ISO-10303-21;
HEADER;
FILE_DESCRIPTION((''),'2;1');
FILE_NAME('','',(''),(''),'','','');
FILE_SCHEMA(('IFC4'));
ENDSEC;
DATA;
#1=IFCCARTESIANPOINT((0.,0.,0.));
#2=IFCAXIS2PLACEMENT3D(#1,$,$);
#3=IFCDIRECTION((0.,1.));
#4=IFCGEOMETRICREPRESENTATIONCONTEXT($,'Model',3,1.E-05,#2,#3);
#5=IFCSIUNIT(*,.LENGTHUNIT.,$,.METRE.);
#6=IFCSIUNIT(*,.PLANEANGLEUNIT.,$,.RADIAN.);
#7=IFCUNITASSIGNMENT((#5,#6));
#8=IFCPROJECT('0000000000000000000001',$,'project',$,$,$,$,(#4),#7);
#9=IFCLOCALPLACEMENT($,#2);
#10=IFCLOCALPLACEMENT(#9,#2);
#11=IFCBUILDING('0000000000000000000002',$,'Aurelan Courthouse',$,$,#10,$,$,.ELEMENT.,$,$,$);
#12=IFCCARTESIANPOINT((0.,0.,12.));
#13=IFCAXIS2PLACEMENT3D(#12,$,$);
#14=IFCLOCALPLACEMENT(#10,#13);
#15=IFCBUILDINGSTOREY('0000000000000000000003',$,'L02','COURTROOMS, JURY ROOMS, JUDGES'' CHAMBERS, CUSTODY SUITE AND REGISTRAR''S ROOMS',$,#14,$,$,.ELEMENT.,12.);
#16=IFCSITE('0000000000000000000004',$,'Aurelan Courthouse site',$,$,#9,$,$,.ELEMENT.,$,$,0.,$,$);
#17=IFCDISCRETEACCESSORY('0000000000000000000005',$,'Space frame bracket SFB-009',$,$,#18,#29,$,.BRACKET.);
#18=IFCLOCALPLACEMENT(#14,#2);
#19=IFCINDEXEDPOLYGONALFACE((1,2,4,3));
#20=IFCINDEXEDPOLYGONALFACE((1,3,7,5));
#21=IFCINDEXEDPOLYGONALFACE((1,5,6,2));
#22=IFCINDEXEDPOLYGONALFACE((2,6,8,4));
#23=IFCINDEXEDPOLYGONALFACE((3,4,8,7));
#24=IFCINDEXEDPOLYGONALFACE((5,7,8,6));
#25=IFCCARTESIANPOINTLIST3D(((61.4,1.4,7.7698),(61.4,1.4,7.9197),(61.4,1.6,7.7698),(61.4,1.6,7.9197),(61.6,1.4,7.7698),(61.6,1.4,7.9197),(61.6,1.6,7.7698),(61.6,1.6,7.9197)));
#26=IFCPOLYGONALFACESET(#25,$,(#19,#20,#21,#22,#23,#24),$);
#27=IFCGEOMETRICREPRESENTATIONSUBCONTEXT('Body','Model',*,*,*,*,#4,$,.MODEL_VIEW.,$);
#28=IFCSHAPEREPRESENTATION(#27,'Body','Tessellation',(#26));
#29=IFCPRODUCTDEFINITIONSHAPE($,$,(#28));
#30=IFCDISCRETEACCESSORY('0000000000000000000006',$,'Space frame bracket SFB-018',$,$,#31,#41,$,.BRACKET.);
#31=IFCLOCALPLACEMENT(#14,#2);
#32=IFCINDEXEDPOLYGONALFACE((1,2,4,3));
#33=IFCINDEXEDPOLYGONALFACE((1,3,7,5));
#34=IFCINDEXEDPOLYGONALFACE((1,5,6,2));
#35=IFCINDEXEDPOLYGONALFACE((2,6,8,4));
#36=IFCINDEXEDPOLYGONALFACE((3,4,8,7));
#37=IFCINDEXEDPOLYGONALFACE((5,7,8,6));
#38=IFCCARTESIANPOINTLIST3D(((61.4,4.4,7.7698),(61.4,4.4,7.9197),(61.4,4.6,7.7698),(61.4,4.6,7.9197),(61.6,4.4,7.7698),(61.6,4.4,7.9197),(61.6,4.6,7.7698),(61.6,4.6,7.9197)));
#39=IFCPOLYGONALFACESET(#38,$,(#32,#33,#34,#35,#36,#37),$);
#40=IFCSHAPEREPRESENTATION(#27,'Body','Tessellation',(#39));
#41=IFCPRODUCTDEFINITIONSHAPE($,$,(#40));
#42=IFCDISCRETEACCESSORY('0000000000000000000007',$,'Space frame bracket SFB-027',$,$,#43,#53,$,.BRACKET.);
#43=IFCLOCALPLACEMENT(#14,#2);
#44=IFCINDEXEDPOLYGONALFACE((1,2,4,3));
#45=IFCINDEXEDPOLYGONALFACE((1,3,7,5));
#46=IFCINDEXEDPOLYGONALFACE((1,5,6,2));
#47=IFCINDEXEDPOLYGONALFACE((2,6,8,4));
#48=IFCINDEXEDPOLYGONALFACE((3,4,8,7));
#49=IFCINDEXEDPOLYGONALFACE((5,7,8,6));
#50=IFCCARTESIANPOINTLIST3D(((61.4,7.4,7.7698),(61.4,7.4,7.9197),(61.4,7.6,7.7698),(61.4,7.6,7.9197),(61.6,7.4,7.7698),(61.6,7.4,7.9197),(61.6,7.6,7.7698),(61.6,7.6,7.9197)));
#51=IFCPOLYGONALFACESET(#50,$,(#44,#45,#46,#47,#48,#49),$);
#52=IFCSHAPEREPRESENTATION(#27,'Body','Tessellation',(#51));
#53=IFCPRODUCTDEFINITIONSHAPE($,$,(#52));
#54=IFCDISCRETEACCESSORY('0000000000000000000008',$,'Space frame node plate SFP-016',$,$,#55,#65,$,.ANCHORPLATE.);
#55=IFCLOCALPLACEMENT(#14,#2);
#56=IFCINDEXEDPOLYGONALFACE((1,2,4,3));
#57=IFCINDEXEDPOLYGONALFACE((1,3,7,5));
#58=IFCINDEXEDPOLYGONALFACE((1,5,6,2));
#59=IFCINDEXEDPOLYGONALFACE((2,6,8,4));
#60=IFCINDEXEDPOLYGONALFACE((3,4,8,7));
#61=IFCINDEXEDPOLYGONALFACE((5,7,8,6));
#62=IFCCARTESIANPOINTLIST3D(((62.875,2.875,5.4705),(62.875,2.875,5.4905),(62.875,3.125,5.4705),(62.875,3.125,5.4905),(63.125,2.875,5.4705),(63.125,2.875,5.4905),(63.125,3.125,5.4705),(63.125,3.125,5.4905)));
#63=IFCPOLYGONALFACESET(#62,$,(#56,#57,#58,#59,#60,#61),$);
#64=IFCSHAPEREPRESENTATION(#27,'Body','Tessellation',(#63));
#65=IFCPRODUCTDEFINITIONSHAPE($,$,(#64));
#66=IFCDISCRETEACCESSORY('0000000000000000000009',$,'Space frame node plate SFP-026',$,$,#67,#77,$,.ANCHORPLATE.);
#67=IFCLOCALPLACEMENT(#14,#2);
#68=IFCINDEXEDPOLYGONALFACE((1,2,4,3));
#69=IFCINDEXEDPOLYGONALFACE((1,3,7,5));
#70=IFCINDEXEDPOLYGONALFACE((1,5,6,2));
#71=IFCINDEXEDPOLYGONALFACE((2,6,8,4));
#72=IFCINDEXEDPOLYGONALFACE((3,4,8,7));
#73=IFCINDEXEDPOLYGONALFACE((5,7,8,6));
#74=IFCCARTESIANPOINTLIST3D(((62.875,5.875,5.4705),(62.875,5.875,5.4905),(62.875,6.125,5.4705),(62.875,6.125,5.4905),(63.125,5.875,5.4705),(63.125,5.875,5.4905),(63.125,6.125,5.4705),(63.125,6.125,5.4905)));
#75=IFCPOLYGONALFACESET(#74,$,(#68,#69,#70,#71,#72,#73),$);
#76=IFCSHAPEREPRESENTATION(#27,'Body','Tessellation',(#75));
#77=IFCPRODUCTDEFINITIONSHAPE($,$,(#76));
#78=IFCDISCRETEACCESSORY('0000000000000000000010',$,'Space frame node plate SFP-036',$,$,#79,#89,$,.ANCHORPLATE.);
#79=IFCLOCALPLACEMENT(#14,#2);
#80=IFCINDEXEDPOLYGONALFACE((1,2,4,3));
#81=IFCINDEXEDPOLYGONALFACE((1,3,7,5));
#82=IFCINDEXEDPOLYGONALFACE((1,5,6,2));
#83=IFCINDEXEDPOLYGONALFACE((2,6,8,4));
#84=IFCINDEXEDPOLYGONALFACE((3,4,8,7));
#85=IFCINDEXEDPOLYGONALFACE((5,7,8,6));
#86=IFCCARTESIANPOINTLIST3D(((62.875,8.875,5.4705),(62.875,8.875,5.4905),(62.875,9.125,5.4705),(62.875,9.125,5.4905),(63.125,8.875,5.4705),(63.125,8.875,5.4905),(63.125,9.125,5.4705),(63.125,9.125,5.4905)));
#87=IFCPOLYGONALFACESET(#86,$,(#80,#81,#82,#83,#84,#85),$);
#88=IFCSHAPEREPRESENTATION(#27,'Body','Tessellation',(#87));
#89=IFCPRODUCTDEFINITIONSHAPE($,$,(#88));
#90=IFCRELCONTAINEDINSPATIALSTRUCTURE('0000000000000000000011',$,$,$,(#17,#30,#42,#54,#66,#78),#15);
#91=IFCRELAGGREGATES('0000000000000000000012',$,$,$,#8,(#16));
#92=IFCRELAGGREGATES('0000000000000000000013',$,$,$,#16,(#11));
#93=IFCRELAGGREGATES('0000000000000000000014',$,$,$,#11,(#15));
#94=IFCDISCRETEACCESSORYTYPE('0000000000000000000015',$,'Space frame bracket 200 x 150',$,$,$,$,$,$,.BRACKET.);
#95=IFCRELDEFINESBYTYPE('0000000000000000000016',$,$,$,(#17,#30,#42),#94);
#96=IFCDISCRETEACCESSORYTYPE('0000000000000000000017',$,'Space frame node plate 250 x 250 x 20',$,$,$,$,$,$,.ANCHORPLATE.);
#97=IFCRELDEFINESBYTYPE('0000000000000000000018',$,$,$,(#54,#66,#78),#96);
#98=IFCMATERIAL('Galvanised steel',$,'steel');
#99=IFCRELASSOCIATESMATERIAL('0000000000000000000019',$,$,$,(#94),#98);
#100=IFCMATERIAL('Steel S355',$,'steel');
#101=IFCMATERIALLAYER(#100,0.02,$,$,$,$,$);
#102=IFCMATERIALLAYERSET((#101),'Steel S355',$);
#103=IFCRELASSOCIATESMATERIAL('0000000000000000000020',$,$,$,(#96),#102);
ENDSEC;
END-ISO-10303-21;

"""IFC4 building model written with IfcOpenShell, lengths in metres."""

from ifc_helpers import new_model, si_unit, direction, frame, origin, origin_2d, place, context, subcontext, project, spatial, rectangle, extrude, material, layer, layer_set, type_object, element, save


model = new_model("IFC4")

# Units and contexts
model_context = context("Model", 3, precision=1e-05, world=origin(), true_north=direction((0.0, 1.0)))
body_context = subcontext(model_context, "Body", "Model", "MODEL_VIEW")
ifc_project = project(units=[si_unit("LENGTHUNIT", "METRE"), si_unit("PLANEANGLEUNIT", "RADIAN")], contexts=[model_context])

# Site, building, storey
site_placement = place(None, origin())
site = spatial("IfcSite", under=ifc_project, at=site_placement, Name="Aurelan Courthouse site", CompositionType="ELEMENT", RefElevation=0.0)
building_placement = place(site_placement, origin())
building = spatial("IfcBuilding", under=site, at=building_placement, Name="Aurelan Courthouse", CompositionType="ELEMENT")
storey_placement = place(building_placement, frame((0.0, 0.0, 12.0)))
storey = spatial("IfcBuildingStorey", under=building, at=storey_placement, Name="L02", Description="COURTROOMS, JURY ROOMS, JUDGES' CHAMBERS, CUSTODY SUITE AND REGISTRAR'S ROOMS", CompositionType="ELEMENT", Elevation=12.0)

# Shared definitions
ifc_material_1 = material(Name="Steel S355", Category="steel")

# Discrete accessories
ifc_material_2 = material(Name="Galvanised steel", Category="steel")
discrete_accessory_type_1 = type_object("IfcDiscreteAccessoryType", Name="Space frame bracket 200 x 150", PredefinedType="BRACKET", material=ifc_material_2)
for number, where, z_axis, x_axis, name in (
    (1, (61.5, 1.5, 7.7698), (0.0, 0.0, 1.0), (1.0, 0.0, 0.0), "Space frame bracket SFB-009"),
    (2, (61.5, 4.5, 7.7698), (0.0, 0.0, 1.0), (1.0, 0.0, 0.0), "Space frame bracket SFB-018"),
    (3, (61.5, 7.5, 7.7698), (0.0, 0.0, 1.0), (1.0, 0.0, 0.0), "Space frame bracket SFB-027"),
):
    element("IfcDiscreteAccessory", number, at=place(storey_placement, frame(where, z_axis=z_axis, x_axis=x_axis)), inside=storey, type_object=discrete_accessory_type_1, Name=name, PredefinedType="BRACKET", context=body_context, shape_type="SweptSolid", body=[
        extrude(rectangle(XDim=0.2, YDim=0.2, at=origin_2d()), origin(), (0.0, 0.0, 1.0), 0.1499),
    ])
ifc_layer_1 = layer(ifc_material_1, 0.02)
ifc_layer_set_1 = layer_set([ifc_layer_1], Name="Steel S355")
discrete_accessory_type_2 = type_object("IfcDiscreteAccessoryType", Name="Space frame node plate 250 x 250 x 20", PredefinedType="ANCHORPLATE", material=ifc_layer_set_1)
for number, where, z_axis, x_axis, name in (
    (4, (63.0, 3.0, 5.4705), (0.0, 0.0, 1.0), (1.0, 0.0, 0.0), "Space frame node plate SFP-016"),
    (5, (63.0, 6.0, 5.4705), (0.0, 0.0, 1.0), (1.0, 0.0, 0.0), "Space frame node plate SFP-026"),
    (6, (63.0, 9.0, 5.4705), (0.0, 0.0, 1.0), (1.0, 0.0, 0.0), "Space frame node plate SFP-036"),
):
    element("IfcDiscreteAccessory", number, at=place(storey_placement, frame(where, z_axis=z_axis, x_axis=x_axis)), inside=storey, type_object=discrete_accessory_type_2, Name=name, PredefinedType="ANCHORPLATE", context=body_context, shape_type="SweptSolid", body=[
        extrude(rectangle(XDim=0.25, YDim=0.25, at=origin_2d()), origin(), (0.0, 0.0, 1.0), 0.02),
    ])

save(model, "model.ifc")
